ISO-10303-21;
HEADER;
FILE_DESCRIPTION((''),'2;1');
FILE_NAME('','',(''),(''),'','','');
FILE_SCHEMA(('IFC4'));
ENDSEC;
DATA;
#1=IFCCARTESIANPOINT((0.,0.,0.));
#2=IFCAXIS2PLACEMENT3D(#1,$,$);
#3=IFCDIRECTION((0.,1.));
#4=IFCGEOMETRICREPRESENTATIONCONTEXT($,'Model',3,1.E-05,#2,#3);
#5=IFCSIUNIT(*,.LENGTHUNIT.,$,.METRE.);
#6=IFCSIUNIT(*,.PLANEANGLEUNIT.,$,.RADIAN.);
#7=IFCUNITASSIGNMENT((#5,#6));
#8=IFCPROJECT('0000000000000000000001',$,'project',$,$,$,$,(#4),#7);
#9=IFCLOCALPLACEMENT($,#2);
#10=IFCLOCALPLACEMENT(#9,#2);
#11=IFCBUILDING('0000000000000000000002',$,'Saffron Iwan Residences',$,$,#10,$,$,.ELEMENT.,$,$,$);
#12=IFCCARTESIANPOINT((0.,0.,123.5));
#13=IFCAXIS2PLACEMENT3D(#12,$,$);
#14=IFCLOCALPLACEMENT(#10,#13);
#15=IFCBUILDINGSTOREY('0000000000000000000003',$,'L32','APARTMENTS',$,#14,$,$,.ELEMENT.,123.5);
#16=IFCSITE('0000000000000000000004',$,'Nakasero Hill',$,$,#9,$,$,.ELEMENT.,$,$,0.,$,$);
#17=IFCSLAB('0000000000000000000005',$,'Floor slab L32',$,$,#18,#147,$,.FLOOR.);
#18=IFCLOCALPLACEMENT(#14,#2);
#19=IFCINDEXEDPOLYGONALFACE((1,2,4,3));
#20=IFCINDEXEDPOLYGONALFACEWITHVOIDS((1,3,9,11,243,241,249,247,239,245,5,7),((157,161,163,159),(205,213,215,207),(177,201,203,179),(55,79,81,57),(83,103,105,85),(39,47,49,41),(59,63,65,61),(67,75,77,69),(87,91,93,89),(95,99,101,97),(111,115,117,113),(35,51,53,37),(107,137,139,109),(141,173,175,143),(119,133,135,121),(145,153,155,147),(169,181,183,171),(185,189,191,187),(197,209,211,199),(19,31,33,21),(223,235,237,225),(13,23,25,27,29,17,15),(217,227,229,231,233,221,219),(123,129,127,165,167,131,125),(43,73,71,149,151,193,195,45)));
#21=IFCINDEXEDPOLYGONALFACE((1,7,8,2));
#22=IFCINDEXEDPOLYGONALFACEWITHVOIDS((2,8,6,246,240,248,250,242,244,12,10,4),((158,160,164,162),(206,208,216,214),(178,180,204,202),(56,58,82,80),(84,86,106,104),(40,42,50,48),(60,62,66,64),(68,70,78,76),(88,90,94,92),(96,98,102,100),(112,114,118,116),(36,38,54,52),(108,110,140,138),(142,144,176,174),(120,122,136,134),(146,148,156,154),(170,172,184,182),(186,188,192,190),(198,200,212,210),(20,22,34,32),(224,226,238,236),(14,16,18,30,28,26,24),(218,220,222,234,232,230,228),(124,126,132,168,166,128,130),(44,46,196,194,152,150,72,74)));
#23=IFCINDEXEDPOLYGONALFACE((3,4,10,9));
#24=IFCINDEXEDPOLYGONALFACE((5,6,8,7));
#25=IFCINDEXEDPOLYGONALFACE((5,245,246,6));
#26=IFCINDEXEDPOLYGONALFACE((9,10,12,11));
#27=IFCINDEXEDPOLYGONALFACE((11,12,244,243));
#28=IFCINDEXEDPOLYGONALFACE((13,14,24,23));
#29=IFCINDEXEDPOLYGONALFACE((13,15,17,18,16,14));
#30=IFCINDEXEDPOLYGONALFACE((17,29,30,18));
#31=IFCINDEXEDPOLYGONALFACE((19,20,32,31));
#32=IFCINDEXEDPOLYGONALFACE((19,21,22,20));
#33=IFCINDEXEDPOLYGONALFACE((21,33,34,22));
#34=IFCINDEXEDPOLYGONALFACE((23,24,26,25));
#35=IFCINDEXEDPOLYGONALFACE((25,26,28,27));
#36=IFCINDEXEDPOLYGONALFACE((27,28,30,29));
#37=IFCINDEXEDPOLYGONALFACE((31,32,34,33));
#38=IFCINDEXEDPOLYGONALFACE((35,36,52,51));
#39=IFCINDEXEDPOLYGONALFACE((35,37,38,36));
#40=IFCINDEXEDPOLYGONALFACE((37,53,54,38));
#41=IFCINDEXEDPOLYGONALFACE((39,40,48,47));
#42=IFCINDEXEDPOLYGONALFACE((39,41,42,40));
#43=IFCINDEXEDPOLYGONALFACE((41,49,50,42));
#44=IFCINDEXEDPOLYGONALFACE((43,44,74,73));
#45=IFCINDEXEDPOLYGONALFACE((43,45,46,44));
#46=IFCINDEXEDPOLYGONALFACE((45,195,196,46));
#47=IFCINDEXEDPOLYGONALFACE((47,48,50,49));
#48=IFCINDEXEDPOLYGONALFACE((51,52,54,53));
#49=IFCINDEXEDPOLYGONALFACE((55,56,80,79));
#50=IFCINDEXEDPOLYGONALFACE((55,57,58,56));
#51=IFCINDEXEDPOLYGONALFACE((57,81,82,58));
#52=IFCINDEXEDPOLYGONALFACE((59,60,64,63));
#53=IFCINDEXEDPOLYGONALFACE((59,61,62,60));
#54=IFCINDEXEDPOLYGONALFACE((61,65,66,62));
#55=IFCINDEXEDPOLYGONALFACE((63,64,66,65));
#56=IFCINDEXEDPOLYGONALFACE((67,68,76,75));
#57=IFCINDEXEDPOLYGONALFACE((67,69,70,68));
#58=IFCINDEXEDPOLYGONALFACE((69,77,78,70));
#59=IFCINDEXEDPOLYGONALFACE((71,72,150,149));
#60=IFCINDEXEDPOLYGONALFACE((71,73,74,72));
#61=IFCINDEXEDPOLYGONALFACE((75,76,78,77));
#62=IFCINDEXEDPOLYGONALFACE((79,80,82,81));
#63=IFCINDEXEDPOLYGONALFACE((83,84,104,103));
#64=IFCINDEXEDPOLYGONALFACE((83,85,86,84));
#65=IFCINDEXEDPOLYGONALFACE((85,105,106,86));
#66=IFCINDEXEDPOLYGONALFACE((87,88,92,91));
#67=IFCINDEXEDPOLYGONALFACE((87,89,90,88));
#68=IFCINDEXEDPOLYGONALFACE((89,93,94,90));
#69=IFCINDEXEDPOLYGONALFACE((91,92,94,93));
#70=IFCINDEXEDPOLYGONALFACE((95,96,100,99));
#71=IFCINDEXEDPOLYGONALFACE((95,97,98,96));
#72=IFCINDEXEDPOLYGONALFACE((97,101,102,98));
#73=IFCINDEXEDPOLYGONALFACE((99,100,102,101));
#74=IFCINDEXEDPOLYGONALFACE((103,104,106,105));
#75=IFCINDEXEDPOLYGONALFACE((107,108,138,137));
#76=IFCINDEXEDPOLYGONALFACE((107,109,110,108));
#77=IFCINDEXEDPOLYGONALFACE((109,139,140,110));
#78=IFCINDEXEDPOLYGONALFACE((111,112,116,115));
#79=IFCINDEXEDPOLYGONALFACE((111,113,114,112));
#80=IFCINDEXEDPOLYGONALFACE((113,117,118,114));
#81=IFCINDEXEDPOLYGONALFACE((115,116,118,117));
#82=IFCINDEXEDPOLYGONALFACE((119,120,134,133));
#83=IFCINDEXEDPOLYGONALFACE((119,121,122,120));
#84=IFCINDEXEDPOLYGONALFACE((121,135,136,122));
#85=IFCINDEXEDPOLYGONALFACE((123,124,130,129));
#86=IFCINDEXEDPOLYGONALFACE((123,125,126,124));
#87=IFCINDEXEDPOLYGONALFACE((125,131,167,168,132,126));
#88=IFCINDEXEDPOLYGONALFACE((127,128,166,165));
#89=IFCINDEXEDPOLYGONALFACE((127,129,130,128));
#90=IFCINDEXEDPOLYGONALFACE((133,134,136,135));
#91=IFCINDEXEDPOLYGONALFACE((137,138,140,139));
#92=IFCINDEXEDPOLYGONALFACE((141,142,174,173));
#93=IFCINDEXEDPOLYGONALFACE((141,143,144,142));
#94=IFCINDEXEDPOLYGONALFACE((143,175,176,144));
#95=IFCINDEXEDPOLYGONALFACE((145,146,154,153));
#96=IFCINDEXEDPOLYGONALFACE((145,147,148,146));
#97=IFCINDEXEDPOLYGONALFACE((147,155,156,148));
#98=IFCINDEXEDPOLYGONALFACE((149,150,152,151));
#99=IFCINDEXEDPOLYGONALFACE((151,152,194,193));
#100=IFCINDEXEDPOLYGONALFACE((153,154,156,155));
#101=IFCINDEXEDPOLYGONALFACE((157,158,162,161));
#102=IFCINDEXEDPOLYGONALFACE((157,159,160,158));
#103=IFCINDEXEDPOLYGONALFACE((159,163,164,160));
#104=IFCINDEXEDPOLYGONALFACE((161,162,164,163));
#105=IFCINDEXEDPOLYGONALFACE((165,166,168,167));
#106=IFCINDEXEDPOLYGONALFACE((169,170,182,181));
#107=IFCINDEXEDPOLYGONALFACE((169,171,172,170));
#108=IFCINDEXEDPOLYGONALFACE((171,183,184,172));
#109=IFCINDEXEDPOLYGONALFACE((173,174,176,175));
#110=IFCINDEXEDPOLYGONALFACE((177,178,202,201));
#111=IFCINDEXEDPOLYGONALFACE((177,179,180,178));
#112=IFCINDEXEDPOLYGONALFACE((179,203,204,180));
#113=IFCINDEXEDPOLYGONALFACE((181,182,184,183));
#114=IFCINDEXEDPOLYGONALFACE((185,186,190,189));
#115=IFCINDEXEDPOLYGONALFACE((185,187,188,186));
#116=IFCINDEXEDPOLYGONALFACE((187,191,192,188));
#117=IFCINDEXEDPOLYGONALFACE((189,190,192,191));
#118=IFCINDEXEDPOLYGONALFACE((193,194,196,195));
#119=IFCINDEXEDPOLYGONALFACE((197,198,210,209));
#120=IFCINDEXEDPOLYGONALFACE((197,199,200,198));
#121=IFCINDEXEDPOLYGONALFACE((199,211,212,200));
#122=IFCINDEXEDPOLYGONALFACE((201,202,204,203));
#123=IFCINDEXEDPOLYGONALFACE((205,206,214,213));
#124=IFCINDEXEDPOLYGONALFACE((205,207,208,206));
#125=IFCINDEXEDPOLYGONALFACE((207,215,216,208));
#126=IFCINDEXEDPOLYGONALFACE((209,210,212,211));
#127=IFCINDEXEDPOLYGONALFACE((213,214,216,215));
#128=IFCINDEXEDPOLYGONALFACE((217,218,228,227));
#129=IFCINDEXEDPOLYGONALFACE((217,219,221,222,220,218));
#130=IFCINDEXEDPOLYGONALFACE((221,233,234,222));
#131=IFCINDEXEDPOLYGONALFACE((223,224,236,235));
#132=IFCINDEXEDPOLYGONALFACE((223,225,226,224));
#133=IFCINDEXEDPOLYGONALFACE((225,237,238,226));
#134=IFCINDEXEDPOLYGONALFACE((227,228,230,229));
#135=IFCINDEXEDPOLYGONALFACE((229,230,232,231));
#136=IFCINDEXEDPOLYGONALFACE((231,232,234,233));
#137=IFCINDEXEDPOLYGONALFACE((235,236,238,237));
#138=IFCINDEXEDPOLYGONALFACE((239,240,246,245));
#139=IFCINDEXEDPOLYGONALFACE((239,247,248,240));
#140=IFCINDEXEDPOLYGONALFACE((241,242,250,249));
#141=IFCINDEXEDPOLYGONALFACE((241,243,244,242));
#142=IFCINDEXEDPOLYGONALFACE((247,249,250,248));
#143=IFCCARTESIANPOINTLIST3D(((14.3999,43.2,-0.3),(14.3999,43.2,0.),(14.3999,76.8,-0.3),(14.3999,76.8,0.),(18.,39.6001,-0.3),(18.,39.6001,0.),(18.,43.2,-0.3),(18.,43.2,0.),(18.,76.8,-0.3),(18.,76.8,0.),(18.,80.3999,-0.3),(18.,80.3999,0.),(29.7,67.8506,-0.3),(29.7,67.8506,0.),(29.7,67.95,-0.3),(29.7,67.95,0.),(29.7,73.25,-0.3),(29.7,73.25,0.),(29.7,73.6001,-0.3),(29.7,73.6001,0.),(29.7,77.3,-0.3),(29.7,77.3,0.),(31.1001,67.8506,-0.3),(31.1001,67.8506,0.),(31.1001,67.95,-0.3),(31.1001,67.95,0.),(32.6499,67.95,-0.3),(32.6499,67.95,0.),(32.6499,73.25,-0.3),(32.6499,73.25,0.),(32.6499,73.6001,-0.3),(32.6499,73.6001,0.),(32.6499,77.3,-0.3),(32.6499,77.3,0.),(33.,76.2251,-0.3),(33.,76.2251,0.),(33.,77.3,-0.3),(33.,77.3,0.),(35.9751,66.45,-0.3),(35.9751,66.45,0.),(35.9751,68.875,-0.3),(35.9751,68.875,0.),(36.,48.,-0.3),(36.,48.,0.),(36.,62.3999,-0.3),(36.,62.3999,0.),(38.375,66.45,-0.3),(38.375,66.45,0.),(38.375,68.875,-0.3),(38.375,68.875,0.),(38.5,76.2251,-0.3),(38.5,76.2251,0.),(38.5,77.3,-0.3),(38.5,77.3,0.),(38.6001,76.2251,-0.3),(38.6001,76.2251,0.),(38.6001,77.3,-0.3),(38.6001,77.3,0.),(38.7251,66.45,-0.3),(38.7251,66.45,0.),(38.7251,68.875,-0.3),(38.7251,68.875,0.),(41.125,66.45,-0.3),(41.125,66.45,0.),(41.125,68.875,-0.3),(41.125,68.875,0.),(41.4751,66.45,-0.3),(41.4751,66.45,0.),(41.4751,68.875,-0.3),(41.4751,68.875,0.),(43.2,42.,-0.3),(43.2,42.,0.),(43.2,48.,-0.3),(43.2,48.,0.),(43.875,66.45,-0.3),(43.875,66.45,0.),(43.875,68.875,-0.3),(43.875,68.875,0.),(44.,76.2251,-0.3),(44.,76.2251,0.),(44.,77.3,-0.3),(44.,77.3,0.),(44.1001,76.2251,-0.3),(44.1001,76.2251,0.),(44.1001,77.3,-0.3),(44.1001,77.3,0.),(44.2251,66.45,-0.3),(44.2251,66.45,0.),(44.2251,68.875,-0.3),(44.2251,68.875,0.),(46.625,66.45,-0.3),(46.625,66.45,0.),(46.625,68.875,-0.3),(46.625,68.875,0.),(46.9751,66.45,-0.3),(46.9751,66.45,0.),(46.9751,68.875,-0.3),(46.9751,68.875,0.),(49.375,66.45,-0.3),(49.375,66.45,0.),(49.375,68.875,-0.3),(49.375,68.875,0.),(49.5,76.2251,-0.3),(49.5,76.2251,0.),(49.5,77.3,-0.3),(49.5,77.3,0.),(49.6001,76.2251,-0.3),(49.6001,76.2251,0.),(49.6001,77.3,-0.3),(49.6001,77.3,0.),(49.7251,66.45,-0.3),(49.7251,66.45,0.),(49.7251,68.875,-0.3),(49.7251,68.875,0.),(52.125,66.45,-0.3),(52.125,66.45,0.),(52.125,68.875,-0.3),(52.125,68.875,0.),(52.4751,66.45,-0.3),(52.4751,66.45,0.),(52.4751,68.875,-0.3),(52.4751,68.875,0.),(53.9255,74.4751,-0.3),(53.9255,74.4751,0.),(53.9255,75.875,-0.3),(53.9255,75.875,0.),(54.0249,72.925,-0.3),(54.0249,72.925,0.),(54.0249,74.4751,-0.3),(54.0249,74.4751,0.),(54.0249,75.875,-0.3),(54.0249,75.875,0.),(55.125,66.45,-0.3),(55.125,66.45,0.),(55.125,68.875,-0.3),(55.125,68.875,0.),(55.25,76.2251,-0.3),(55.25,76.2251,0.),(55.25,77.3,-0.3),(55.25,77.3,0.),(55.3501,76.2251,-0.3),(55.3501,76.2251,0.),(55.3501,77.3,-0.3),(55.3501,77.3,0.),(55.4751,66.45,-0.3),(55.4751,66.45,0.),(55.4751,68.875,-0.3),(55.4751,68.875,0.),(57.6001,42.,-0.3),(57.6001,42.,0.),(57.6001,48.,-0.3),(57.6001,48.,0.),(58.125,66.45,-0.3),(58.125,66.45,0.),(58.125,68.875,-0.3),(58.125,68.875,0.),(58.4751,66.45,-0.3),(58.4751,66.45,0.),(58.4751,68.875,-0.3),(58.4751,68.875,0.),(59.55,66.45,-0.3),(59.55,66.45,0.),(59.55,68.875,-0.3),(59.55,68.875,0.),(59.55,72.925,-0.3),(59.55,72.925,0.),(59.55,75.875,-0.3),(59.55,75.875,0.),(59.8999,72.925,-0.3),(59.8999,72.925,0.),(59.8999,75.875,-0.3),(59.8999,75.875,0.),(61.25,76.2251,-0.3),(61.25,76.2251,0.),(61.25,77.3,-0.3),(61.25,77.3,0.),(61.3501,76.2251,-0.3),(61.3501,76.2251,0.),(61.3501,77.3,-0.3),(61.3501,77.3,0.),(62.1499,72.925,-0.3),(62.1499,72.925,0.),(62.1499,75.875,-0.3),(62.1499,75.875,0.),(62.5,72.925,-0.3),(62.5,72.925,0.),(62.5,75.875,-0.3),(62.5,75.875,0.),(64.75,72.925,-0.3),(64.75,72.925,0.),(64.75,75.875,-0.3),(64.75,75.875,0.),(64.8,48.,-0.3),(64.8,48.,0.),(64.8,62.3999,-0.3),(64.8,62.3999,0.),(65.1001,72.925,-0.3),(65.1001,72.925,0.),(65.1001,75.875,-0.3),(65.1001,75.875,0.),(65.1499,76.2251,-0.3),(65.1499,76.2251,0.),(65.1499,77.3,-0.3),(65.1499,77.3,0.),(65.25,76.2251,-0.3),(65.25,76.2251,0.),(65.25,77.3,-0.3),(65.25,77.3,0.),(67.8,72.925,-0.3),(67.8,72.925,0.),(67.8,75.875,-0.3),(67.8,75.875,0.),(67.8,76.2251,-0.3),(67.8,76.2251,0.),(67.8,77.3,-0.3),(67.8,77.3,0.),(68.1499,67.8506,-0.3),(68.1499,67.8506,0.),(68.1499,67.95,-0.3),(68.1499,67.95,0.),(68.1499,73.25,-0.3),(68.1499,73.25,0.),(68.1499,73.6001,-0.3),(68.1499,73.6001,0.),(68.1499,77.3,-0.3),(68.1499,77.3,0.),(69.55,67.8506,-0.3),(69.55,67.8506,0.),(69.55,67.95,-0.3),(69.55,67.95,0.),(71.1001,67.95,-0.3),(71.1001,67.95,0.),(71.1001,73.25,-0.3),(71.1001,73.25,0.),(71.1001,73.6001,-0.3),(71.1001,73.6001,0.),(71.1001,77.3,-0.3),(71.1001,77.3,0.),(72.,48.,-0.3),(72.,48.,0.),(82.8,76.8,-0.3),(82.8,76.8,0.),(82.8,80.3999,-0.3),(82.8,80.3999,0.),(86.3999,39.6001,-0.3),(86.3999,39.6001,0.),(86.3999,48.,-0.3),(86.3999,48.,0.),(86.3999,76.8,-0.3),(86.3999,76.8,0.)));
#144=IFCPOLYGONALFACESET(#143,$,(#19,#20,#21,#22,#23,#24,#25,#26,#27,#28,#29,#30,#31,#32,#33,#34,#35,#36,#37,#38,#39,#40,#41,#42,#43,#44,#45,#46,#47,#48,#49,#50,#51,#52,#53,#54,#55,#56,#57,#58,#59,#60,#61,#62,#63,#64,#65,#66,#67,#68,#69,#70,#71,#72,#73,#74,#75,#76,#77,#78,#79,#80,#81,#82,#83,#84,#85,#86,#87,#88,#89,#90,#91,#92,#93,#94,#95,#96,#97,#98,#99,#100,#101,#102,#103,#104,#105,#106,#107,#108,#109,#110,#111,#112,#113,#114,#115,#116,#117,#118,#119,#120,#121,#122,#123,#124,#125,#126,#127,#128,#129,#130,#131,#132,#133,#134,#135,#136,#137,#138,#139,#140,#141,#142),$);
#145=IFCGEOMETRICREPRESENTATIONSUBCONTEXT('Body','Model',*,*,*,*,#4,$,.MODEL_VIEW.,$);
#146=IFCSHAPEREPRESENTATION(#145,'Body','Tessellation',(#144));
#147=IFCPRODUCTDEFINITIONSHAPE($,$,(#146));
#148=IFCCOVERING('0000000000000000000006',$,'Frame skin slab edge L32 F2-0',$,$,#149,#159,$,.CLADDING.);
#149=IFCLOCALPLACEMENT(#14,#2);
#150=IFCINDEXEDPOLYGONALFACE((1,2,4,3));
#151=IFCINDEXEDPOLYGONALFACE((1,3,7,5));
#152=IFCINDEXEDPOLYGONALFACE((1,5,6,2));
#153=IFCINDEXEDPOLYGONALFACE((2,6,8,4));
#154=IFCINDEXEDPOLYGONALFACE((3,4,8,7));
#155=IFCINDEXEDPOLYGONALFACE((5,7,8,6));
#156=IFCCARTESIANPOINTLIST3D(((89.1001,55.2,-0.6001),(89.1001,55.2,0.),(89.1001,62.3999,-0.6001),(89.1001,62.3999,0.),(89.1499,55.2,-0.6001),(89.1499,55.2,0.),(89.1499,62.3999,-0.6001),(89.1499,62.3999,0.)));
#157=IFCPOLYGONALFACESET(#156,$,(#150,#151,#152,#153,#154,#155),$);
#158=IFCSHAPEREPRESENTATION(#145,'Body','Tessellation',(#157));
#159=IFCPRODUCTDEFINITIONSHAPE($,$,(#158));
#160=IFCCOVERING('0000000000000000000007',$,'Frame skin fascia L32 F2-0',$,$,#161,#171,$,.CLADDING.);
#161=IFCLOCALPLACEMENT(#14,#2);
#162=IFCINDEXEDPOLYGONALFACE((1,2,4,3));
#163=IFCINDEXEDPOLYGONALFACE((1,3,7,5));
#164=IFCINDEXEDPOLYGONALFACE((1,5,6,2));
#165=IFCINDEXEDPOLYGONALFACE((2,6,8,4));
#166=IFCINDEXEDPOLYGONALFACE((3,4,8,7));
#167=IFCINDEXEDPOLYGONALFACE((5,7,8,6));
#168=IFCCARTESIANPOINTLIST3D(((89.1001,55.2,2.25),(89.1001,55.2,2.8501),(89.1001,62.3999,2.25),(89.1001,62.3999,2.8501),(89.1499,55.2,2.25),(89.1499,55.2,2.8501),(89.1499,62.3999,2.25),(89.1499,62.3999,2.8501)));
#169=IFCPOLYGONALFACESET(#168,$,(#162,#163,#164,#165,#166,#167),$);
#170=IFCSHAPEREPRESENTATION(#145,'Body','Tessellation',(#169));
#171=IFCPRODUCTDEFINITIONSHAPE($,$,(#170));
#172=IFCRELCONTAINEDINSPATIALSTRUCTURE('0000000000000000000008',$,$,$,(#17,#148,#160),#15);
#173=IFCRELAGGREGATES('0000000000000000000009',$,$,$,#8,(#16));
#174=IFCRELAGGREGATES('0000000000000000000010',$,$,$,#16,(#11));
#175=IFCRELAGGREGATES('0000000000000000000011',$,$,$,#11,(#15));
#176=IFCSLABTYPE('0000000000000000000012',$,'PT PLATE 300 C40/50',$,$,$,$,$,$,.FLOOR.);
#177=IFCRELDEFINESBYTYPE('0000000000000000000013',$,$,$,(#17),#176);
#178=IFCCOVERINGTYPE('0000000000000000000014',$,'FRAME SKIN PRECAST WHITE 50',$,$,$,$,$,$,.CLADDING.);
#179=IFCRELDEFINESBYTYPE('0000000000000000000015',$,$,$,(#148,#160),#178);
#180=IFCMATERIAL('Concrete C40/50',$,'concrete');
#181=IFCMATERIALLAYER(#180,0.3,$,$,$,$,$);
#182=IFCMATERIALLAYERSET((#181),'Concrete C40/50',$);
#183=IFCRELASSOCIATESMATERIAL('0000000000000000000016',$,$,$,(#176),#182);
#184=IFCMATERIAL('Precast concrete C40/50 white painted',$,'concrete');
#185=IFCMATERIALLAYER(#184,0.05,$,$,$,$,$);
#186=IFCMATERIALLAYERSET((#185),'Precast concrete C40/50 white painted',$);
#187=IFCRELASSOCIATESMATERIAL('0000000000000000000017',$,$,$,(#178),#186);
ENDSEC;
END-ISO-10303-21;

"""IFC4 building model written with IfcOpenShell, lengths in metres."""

from ifc_helpers import new_model, si_unit, direction, frame, origin, place, context, subcontext, project, spatial, polyline, outline, extrude, material, layer, layer_set, type_object, element, save


model = new_model("IFC4")

# Units and contexts
model_context = context("Model", 3, precision=1e-05, world=origin(), true_north=direction((0.0, 1.0)))
body_context = subcontext(model_context, "Body", "Model", "MODEL_VIEW")
ifc_project = project(units=[si_unit("LENGTHUNIT", "METRE"), si_unit("PLANEANGLEUNIT", "RADIAN")], contexts=[model_context])

# Site, building, storey
site_placement = place(None, origin())
site = spatial("IfcSite", under=ifc_project, at=site_placement, Name="Nakasero Hill", CompositionType="ELEMENT", RefElevation=0.0)
building_placement = place(site_placement, origin())
building = spatial("IfcBuilding", under=site, at=building_placement, Name="Saffron Iwan Residences", CompositionType="ELEMENT")
storey_placement = place(building_placement, frame((0.0, 0.0, 123.5)))
storey = spatial("IfcBuildingStorey", under=building, at=storey_placement, Name="L32", Description="APARTMENTS", CompositionType="ELEMENT", Elevation=123.5)

# Slab
ifc_material_1 = material(Name="Concrete C40/50", Category="concrete")
ifc_layer_1 = layer(ifc_material_1, 0.3)
ifc_layer_set_1 = layer_set([ifc_layer_1], Name="Concrete C40/50")
slab_type_1 = type_object("IfcSlabType", Name="PT PLATE 300 C40/50", PredefinedType="FLOOR", material=ifc_layer_set_1)
slab_1_placement = place(storey_placement, frame((0.0, 0.0, -0.3)))
element("IfcSlab", 1, at=slab_1_placement, inside=storey, type_object=slab_type_1, Name="Floor slab L32", PredefinedType="FLOOR", context=body_context, shape_type="SweptSolid", body=[
    extrude(outline(polyline([(14.3999, 43.2), (14.3999, 76.8), (18.0, 76.8), (18.0, 80.3999), (82.8, 80.3999), (82.8, 76.8), (86.3999, 76.8), (86.3999, 48.0), (72.0, 48.0), (86.3999, 39.6001), (18.0, 39.6001), (18.0, 43.2), (14.3999, 43.2)]), holes=[polyline([(64.8, 48.0), (64.8, 62.3999), (36.0, 62.3999), (36.0, 48.0), (43.2, 48.0), (43.2, 42.0), (57.6001, 42.0), (57.6001, 48.0), (64.8, 48.0)]), polyline([(38.375, 68.875), (35.9751, 68.875), (35.9751, 66.45), (38.375, 66.45), (38.375, 68.875)]), polyline([(41.125, 66.45), (41.125, 68.875), (38.7251, 68.875), (38.7251, 66.45), (41.125, 66.45)]), polyline([(43.875, 66.45), (43.875, 68.875), (41.4751, 68.875), (41.4751, 66.45), (43.875, 66.45)]), polyline([(46.625, 68.875), (44.2251, 68.875), (44.2251, 66.45), (46.625, 66.45), (46.625, 68.875)]), polyline([(49.375, 66.45), (49.375, 68.875), (46.9751, 68.875), (46.9751, 66.45), (49.375, 66.45)]), polyline([(52.125, 66.45), (52.125, 68.875), (49.7251, 68.875), (49.7251, 66.45), (52.125, 66.45)]), polyline([(29.7, 73.25), (29.7, 67.95), (29.7, 67.8506), (31.1001, 67.8506), (31.1001, 67.95), (32.6499, 67.95), (32.6499, 73.25), (29.7, 73.25)]), polyline([(32.6499, 73.6001), (32.6499, 77.3), (29.7, 77.3), (29.7, 73.6001), (32.6499, 73.6001)]), polyline([(38.5, 76.2251), (38.5, 77.3), (33.0, 77.3), (33.0, 76.2251), (38.5, 76.2251)]), polyline([(44.0, 77.3), (38.6001, 77.3), (38.6001, 76.2251), (44.0, 76.2251), (44.0, 77.3)]), polyline([(49.5, 76.2251), (49.5, 77.3), (44.1001, 77.3), (44.1001, 76.2251), (49.5, 76.2251)]), polyline([(55.25, 76.2251), (55.25, 77.3), (49.6001, 77.3), (49.6001, 76.2251), (55.25, 76.2251)]), polyline([(55.125, 68.875), (52.4751, 68.875), (52.4751, 66.45), (55.125, 66.45), (55.125, 68.875)]), polyline([(58.125, 66.45), (58.125, 68.875), (55.4751, 68.875), (55.4751, 66.45), (58.125, 66.45)]), polyline([(59.55, 66.45), (59.55, 68.875), (58.4751, 68.875), (58.4751, 66.45), (59.55, 66.45)]), polyline([(68.1499, 73.25), (68.1499, 67.95), (68.1499, 67.8506), (69.55, 67.8506), (69.55, 67.95), (71.1001, 67.95), (71.1001, 73.25), (68.1499, 73.25)]), polyline([(53.9255, 74.4751), (54.0249, 74.4751), (54.0249, 72.925), (59.55, 72.925), (59.55, 75.875), (54.0249, 75.875), (53.9255, 75.875), (53.9255, 74.4751)]), polyline([(62.1499, 72.925), (62.1499, 75.875), (59.8999, 75.875), (59.8999, 72.925), (62.1499, 72.925)]), polyline([(64.75, 75.875), (62.5, 75.875), (62.5, 72.925), (64.75, 72.925), (64.75, 75.875)]), polyline([(67.8, 72.925), (67.8, 75.875), (65.1001, 75.875), (65.1001, 72.925), (67.8, 72.925)]), polyline([(71.1001, 73.6001), (71.1001, 77.3), (68.1499, 77.3), (68.1499, 73.6001), (71.1001, 73.6001)]), polyline([(61.25, 77.3), (55.3501, 77.3), (55.3501, 76.2251), (61.25, 76.2251), (61.25, 77.3)]), polyline([(65.1499, 76.2251), (65.1499, 77.3), (61.3501, 77.3), (61.3501, 76.2251), (65.1499, 76.2251)]), polyline([(67.8, 76.2251), (67.8, 77.3), (65.25, 77.3), (65.25, 76.2251), (67.8, 76.2251)])]), origin(), (0.0, 0.0, 1.0), 0.3),
])

# Coverings
ifc_material_2 = material(Name="Precast concrete C40/50 white painted", Category="concrete")
ifc_layer_2 = layer(ifc_material_2, 0.05)
ifc_layer_set_2 = layer_set([ifc_layer_2], Name="Precast concrete C40/50 white painted")
covering_type_1 = type_object("IfcCoveringType", Name="FRAME SKIN PRECAST WHITE 50", PredefinedType="CLADDING", material=ifc_layer_set_2)
for number, where, name in (
    (2, (0.0, 0.0, -0.6001), "Frame skin slab edge L32 F2-0"),
    (3, (0.0, 0.0, 2.25), "Frame skin fascia L32 F2-0"),
):
    element("IfcCovering", number, at=place(storey_placement, frame(where)), inside=storey, type_object=covering_type_1, Name=name, PredefinedType="CLADDING", context=body_context, shape_type="SweptSolid", body=[
        extrude(outline(polyline([(89.1499, 55.2), (89.1499, 62.3999), (89.1001, 62.3999), (89.1001, 55.2), (89.1499, 55.2)])), origin(), (0.0, 0.0, 1.0), 0.6001),
    ])

save(model, "model.ifc")
